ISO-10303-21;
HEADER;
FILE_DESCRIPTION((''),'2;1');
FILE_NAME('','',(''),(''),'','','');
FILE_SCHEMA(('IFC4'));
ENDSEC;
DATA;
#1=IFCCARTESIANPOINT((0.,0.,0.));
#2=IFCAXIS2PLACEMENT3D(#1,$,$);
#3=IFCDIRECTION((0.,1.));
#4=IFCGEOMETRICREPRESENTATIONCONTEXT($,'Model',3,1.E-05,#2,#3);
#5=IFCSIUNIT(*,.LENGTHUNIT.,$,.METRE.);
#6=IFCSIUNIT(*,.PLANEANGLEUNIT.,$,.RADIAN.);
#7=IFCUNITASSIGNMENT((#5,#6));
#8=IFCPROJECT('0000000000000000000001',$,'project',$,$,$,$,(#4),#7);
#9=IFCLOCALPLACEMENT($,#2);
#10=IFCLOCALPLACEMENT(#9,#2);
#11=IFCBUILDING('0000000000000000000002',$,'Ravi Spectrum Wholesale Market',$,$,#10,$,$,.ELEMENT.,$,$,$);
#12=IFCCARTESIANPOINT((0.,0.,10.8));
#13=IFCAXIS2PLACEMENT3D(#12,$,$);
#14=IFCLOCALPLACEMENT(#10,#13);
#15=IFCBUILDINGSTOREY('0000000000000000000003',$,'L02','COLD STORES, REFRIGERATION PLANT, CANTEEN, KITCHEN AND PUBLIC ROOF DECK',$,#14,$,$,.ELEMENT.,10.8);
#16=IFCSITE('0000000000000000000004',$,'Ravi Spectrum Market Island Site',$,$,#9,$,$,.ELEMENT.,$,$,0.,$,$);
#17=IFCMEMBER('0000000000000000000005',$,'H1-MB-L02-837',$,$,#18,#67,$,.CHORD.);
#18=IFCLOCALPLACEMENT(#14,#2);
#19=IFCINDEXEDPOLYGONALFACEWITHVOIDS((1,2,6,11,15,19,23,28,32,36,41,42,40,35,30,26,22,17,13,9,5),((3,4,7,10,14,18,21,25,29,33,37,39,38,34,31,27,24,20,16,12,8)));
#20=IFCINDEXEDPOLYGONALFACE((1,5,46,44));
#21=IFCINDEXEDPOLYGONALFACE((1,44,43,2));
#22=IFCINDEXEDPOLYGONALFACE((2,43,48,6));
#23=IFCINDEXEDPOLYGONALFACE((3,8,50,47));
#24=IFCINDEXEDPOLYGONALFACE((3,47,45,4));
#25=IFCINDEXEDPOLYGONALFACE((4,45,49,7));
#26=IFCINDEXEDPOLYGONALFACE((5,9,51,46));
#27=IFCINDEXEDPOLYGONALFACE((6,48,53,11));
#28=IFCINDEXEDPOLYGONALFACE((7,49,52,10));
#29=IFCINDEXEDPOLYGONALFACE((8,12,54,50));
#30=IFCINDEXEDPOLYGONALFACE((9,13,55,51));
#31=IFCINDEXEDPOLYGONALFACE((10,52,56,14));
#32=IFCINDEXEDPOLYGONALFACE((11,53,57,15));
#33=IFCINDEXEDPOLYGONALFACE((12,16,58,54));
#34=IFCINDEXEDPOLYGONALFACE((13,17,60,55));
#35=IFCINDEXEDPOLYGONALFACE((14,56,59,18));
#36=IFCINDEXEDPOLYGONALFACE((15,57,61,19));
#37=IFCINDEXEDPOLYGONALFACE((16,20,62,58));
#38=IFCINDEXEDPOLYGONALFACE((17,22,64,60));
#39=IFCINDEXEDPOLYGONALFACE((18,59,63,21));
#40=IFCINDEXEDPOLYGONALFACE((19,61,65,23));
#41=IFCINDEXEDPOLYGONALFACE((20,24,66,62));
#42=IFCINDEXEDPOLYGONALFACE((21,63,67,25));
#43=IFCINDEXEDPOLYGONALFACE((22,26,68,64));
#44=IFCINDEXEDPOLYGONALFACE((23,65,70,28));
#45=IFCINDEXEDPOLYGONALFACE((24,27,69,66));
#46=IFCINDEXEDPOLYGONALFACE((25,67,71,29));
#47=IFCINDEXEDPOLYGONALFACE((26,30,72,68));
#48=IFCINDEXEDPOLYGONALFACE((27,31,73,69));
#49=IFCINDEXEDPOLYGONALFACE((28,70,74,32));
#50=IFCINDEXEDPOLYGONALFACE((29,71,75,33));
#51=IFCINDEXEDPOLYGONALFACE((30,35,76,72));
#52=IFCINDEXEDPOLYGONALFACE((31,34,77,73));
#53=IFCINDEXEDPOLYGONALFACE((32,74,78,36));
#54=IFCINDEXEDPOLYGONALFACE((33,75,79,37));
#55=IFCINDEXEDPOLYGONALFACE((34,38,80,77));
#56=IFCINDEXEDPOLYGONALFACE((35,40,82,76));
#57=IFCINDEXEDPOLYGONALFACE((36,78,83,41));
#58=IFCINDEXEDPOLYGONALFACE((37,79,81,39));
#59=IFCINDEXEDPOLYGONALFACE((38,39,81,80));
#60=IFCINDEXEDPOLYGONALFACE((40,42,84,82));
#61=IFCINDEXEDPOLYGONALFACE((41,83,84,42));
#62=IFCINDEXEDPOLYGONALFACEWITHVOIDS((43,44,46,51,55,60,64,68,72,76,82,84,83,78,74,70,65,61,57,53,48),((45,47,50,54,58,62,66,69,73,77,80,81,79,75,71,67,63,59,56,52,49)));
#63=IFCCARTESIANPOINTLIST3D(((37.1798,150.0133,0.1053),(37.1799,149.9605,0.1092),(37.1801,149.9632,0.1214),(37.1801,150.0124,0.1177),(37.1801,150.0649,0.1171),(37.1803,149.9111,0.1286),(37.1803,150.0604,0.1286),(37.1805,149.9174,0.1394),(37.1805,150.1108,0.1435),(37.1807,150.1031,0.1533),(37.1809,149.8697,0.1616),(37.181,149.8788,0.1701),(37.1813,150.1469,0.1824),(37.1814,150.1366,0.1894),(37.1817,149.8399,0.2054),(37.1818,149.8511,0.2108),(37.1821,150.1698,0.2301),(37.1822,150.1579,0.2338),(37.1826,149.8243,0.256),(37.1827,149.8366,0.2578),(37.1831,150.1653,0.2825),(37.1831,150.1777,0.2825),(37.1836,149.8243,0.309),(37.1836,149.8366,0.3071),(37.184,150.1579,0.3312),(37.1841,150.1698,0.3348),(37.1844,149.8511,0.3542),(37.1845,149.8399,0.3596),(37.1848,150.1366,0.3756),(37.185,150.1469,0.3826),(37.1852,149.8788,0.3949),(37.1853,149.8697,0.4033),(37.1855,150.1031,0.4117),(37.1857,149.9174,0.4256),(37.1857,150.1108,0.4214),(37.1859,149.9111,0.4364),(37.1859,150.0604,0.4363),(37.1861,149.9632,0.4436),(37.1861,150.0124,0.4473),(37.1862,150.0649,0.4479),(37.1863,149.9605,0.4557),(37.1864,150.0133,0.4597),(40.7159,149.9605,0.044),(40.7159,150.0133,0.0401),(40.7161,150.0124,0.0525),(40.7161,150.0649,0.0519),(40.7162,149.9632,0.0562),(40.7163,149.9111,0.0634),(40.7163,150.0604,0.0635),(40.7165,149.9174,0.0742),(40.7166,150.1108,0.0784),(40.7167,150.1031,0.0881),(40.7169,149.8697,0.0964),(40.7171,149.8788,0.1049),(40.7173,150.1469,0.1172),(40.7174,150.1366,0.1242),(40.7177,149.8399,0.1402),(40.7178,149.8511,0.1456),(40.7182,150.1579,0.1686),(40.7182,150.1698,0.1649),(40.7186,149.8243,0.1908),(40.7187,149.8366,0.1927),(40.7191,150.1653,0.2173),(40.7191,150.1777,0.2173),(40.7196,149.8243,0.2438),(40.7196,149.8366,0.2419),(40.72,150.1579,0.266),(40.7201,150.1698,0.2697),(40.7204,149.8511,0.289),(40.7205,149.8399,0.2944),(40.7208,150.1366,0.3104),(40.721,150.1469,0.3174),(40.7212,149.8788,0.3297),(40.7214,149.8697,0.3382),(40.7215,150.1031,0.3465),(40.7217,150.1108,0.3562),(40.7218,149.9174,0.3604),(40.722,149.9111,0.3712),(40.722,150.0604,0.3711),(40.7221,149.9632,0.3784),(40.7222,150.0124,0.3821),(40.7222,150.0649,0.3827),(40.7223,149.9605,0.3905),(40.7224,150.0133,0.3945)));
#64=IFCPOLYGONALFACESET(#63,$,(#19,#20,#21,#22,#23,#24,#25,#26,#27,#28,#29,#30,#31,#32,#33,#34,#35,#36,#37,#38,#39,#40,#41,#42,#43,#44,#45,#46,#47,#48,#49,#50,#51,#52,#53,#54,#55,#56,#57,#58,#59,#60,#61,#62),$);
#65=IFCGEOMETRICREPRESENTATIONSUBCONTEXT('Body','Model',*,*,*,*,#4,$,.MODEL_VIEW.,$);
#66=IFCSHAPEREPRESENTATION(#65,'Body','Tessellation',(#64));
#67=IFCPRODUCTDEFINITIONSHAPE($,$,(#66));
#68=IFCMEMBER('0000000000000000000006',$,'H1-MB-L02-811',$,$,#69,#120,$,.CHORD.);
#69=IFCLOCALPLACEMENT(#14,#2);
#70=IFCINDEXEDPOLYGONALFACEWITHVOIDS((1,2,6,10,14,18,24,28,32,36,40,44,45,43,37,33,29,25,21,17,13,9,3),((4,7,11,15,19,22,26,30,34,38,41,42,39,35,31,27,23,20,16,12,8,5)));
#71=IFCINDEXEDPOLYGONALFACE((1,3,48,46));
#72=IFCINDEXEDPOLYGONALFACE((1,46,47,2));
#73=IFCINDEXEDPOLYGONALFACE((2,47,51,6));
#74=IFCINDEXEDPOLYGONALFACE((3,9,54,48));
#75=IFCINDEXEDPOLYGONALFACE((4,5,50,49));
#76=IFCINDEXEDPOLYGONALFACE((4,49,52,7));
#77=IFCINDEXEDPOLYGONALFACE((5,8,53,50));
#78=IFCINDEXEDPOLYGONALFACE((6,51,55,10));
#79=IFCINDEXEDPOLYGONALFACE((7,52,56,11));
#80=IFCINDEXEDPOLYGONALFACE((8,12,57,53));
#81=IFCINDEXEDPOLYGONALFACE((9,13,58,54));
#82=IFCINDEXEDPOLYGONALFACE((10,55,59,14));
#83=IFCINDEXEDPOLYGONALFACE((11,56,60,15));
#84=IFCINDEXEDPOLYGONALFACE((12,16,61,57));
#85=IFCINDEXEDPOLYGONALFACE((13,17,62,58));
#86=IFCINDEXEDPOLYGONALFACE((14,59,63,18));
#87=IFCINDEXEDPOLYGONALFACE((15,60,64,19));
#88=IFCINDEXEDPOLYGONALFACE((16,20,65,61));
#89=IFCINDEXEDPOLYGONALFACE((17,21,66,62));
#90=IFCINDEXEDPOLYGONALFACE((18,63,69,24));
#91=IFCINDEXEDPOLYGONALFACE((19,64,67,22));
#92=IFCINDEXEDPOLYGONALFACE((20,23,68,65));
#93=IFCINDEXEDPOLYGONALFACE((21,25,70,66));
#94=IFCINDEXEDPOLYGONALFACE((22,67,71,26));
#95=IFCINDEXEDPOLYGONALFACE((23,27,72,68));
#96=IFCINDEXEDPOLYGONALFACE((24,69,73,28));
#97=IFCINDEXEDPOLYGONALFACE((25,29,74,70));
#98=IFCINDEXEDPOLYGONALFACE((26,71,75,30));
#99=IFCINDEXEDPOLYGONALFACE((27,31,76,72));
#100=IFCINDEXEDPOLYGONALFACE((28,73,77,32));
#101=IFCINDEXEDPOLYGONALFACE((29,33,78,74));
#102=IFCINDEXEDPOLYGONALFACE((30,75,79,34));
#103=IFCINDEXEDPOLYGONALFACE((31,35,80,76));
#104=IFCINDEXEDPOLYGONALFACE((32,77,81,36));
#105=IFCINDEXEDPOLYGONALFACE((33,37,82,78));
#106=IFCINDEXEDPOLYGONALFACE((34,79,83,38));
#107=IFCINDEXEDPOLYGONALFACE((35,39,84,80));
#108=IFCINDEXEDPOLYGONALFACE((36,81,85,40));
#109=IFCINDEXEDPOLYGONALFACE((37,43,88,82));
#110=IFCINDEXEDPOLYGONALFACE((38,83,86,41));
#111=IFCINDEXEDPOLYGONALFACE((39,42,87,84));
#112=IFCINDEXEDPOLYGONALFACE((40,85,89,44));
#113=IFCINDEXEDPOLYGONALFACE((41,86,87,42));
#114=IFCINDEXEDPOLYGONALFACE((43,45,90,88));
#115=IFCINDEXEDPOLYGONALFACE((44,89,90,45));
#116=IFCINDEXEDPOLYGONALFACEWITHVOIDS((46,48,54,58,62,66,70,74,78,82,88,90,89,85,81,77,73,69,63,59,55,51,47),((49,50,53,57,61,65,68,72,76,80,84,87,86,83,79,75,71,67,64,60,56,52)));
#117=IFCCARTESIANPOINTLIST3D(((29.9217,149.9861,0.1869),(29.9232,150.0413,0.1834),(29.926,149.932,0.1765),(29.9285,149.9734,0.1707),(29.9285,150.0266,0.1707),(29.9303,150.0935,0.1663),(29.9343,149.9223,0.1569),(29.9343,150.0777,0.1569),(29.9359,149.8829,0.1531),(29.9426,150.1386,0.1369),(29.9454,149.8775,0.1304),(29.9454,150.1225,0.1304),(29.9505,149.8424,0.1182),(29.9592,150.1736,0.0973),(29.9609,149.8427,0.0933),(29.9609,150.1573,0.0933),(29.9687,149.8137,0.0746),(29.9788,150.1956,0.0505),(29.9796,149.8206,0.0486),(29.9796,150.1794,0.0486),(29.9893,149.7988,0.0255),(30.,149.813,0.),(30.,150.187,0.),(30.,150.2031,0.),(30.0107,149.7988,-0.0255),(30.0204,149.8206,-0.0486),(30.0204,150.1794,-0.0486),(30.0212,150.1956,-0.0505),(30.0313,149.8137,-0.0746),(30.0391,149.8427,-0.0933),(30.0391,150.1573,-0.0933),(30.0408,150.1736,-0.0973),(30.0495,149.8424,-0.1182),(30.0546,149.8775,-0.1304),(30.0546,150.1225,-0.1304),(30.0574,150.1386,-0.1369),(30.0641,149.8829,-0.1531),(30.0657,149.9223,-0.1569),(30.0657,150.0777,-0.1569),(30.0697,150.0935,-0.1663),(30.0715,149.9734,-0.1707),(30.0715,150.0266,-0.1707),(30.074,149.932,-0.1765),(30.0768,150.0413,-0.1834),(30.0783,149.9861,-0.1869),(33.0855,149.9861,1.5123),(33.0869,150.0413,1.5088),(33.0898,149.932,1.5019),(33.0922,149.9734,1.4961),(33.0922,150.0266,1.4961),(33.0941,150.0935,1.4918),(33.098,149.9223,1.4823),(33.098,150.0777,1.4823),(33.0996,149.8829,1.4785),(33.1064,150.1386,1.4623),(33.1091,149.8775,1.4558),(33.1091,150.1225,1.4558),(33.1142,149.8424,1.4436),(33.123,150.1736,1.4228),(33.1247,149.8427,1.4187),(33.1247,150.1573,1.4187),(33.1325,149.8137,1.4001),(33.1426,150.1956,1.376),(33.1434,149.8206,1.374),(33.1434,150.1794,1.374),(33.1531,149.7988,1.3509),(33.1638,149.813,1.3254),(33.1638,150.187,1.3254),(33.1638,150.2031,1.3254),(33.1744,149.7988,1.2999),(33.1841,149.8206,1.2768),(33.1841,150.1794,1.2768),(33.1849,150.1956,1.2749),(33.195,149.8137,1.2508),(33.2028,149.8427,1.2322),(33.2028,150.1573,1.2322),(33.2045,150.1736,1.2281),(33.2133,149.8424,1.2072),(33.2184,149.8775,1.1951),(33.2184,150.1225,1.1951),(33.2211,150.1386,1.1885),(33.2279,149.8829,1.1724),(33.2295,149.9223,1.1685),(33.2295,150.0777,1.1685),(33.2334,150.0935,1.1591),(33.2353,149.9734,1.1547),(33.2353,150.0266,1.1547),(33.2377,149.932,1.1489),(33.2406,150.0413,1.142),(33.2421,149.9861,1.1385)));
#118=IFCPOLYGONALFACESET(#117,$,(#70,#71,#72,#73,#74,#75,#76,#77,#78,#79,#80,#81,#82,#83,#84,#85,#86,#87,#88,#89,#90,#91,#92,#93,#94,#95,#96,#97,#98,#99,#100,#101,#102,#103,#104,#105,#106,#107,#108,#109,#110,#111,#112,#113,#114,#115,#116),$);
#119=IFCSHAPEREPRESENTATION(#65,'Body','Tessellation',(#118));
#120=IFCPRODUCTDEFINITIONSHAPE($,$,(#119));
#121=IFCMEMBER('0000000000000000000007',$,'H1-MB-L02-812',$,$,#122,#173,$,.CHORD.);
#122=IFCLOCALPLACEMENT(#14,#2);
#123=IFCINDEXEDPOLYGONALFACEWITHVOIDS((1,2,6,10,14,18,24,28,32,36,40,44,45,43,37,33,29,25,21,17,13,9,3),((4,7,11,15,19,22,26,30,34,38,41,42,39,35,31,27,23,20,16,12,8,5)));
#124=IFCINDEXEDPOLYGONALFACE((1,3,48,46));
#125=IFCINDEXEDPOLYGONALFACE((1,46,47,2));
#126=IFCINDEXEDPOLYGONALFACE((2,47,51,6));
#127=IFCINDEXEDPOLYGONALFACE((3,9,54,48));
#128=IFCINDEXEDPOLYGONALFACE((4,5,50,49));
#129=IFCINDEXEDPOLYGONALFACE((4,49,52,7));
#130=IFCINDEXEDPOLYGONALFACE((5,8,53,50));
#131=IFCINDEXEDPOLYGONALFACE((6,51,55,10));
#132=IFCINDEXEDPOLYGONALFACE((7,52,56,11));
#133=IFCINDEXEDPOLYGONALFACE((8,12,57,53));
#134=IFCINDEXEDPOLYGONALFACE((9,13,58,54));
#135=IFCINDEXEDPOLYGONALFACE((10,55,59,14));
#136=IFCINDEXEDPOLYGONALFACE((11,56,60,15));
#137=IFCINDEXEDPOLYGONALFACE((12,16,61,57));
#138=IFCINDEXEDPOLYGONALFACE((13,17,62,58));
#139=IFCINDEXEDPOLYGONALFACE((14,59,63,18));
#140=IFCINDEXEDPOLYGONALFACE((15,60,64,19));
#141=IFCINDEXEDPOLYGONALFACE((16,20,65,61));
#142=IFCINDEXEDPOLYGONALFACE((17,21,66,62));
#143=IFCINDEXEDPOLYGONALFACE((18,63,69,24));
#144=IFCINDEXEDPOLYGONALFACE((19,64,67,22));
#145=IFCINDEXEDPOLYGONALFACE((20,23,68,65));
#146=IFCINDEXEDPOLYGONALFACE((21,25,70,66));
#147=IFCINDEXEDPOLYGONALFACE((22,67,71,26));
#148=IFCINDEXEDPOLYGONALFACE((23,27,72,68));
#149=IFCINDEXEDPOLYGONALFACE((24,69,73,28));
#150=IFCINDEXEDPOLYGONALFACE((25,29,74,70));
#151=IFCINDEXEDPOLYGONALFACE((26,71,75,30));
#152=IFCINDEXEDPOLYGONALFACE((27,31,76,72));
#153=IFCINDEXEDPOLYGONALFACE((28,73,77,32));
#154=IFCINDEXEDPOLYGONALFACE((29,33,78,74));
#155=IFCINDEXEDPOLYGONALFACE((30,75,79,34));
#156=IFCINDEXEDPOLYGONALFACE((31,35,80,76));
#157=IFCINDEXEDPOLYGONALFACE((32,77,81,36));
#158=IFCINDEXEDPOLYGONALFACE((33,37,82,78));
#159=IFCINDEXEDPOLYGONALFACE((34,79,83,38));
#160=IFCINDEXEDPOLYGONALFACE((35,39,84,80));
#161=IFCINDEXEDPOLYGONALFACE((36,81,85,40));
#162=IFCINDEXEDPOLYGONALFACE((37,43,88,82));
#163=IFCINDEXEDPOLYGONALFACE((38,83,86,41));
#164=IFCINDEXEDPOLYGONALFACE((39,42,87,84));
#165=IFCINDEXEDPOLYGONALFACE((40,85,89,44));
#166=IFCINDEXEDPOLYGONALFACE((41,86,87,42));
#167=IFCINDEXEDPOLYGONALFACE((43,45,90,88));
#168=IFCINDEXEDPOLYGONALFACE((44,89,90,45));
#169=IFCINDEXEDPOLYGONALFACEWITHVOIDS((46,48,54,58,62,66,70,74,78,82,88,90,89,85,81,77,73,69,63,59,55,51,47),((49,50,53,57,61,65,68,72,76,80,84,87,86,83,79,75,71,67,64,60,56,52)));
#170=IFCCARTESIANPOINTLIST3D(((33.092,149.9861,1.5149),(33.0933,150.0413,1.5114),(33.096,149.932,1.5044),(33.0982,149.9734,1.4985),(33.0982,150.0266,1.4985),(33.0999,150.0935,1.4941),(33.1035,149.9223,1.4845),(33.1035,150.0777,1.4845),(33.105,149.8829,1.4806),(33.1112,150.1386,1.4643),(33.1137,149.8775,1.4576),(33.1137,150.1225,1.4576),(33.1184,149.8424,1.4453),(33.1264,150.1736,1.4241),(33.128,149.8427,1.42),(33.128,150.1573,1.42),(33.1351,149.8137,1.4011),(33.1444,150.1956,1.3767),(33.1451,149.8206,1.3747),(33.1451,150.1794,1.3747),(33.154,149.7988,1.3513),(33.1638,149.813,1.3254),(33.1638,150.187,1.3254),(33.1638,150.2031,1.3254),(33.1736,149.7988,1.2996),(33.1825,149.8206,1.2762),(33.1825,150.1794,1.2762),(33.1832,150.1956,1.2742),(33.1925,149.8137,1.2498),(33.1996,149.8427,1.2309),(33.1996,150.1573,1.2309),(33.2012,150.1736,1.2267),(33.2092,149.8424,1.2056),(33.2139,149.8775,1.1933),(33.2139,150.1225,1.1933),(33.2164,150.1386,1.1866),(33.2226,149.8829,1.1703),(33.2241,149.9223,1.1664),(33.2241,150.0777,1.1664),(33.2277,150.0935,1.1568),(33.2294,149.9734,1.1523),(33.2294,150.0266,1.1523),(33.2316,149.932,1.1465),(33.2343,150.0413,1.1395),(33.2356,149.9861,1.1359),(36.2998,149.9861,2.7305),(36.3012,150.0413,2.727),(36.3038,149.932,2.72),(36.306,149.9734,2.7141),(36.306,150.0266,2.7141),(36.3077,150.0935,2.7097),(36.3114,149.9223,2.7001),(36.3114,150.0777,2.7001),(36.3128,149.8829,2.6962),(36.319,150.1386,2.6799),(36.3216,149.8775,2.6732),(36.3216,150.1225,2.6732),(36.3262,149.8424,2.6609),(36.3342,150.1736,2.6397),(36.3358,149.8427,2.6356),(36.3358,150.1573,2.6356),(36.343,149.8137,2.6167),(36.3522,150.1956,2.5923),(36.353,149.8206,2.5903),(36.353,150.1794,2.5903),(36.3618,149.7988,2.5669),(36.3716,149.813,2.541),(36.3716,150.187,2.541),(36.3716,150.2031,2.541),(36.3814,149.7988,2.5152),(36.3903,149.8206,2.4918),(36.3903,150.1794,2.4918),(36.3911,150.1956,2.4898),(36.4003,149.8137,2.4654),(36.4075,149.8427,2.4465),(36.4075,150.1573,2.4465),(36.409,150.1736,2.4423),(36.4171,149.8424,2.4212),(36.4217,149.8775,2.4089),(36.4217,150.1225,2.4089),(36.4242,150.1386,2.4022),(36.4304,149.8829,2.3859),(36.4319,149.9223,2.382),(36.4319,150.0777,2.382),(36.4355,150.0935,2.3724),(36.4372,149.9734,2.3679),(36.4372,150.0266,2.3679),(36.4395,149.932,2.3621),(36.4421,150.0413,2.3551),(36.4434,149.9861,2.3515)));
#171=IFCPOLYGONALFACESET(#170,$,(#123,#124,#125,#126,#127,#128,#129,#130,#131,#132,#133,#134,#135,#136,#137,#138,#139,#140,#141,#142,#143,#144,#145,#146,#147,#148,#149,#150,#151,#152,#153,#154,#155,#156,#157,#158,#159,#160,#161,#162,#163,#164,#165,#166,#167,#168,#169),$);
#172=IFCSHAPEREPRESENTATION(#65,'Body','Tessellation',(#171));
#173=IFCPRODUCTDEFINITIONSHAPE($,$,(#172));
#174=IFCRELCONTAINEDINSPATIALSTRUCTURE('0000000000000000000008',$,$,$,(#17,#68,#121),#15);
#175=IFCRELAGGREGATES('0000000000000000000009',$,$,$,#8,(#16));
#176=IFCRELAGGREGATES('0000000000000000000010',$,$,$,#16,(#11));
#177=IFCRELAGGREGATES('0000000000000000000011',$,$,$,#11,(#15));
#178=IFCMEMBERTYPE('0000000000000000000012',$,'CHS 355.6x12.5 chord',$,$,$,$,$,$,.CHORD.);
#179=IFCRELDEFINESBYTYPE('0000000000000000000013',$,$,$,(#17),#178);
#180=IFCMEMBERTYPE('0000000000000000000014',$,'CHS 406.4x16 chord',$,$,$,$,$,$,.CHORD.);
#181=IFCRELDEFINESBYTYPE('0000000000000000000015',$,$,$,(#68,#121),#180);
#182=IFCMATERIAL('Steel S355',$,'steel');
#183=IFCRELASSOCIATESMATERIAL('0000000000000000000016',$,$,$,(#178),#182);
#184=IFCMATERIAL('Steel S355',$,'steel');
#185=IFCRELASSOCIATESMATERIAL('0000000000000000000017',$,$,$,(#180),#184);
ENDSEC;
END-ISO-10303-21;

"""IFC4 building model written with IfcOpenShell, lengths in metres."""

from ifc_helpers import new_model, si_unit, direction, frame, origin, origin_2d, place, context, subcontext, project, spatial, hollow_circle, extrude, material, material_profile, profile_set, type_object, element, save


model = new_model("IFC4")

# Units and contexts
model_context = context("Model", 3, precision=1e-05, world=origin(), true_north=direction((0.0, 1.0)))
body_context = subcontext(model_context, "Body", "Model", "MODEL_VIEW")
ifc_project = project(units=[si_unit("LENGTHUNIT", "METRE"), si_unit("PLANEANGLEUNIT", "RADIAN")], contexts=[model_context])

# Site, building, storey
site_placement = place(None, origin())
site = spatial("IfcSite", under=ifc_project, at=site_placement, Name="Ravi Spectrum Market Island Site", CompositionType="ELEMENT", RefElevation=0.0)
building_placement = place(site_placement, origin())
building = spatial("IfcBuilding", under=site, at=building_placement, Name="Ravi Spectrum Wholesale Market", CompositionType="ELEMENT")
storey_placement = place(building_placement, frame((0.0, 0.0, 10.8)))
storey = spatial("IfcBuildingStorey", under=building, at=storey_placement, Name="L02", Description="COLD STORES, REFRIGERATION PLANT, CANTEEN, KITCHEN AND PUBLIC ROOF DECK", CompositionType="ELEMENT", Elevation=10.8)

# Members
ifc_material_1 = material(Name="Steel S355", Category="steel")
ifc_material_profile_1 = material_profile(ifc_material_1, hollow_circle(Radius=0.1777, WallThickness=0.0125, at=origin_2d()))
ifc_profile_set_1 = profile_set([ifc_material_profile_1], Name="Steel S355")
member_type_1 = type_object("IfcMemberType", Name="CHS 355.6x12.5 chord", PredefinedType="CHORD", material=ifc_profile_set_1)
member_1_placement = place(storey_placement, frame((37.1831, 150.0, 0.2825), z_axis=(0.99983, 0.0, -0.018431), x_axis=(0.0, 1.0, 0.0)))
element("IfcMember", 1, at=member_1_placement, inside=storey, type_object=member_type_1, Name="H1-MB-L02-837", PredefinedType="CHORD", context=body_context, shape_type="SweptSolid", body=[
    extrude(hollow_circle(Radius=0.1777, WallThickness=0.0125, at=origin_2d()), origin(), (0.0, 0.0, 1.0), 3.5366),
])
ifc_material_2 = material(Name="Steel S355", Category="steel")
ifc_material_profile_2 = material_profile(ifc_material_2, hollow_circle(Radius=0.2031, WallThickness=0.0161, at=origin_2d()))
ifc_profile_set_2 = profile_set([ifc_material_profile_2], Name="Steel S355")
member_type_2 = type_object("IfcMemberType", Name="CHS 406.4x16 chord", PredefinedType="CHORD", material=ifc_profile_set_2)
member_2_placement = place(storey_placement, frame((30.0, 150.0, 0.0), z_axis=(0.922332, 0.0, 0.386399), x_axis=(0.0, 1.0, 0.0)))
element("IfcMember", 2, at=member_2_placement, inside=storey, type_object=member_type_2, Name="H1-MB-L02-811", PredefinedType="CHORD", context=body_context, shape_type="SweptSolid", body=[
    extrude(hollow_circle(Radius=0.2031, WallThickness=0.0161, at=origin_2d()), origin(), (0.0, 0.0, 1.0), 3.4302),
])
for number, where, z_axis, x_axis, name in (
    (3, (33.1638, 150.0, 1.3254), (0.93511, 0.0, 0.354358), (0.0, 1.0, 0.0), "H1-MB-L02-812"),
):
    element("IfcMember", number, at=place(storey_placement, frame(where, z_axis=z_axis, x_axis=x_axis)), inside=storey, type_object=member_type_2, Name=name, PredefinedType="CHORD", context=body_context, shape_type="SweptSolid", body=[
        extrude(hollow_circle(Radius=0.2031, WallThickness=0.0161, at=origin_2d()), origin(), (0.0, 0.0, 1.0), 3.4304),
    ])

save(model, "model.ifc")
